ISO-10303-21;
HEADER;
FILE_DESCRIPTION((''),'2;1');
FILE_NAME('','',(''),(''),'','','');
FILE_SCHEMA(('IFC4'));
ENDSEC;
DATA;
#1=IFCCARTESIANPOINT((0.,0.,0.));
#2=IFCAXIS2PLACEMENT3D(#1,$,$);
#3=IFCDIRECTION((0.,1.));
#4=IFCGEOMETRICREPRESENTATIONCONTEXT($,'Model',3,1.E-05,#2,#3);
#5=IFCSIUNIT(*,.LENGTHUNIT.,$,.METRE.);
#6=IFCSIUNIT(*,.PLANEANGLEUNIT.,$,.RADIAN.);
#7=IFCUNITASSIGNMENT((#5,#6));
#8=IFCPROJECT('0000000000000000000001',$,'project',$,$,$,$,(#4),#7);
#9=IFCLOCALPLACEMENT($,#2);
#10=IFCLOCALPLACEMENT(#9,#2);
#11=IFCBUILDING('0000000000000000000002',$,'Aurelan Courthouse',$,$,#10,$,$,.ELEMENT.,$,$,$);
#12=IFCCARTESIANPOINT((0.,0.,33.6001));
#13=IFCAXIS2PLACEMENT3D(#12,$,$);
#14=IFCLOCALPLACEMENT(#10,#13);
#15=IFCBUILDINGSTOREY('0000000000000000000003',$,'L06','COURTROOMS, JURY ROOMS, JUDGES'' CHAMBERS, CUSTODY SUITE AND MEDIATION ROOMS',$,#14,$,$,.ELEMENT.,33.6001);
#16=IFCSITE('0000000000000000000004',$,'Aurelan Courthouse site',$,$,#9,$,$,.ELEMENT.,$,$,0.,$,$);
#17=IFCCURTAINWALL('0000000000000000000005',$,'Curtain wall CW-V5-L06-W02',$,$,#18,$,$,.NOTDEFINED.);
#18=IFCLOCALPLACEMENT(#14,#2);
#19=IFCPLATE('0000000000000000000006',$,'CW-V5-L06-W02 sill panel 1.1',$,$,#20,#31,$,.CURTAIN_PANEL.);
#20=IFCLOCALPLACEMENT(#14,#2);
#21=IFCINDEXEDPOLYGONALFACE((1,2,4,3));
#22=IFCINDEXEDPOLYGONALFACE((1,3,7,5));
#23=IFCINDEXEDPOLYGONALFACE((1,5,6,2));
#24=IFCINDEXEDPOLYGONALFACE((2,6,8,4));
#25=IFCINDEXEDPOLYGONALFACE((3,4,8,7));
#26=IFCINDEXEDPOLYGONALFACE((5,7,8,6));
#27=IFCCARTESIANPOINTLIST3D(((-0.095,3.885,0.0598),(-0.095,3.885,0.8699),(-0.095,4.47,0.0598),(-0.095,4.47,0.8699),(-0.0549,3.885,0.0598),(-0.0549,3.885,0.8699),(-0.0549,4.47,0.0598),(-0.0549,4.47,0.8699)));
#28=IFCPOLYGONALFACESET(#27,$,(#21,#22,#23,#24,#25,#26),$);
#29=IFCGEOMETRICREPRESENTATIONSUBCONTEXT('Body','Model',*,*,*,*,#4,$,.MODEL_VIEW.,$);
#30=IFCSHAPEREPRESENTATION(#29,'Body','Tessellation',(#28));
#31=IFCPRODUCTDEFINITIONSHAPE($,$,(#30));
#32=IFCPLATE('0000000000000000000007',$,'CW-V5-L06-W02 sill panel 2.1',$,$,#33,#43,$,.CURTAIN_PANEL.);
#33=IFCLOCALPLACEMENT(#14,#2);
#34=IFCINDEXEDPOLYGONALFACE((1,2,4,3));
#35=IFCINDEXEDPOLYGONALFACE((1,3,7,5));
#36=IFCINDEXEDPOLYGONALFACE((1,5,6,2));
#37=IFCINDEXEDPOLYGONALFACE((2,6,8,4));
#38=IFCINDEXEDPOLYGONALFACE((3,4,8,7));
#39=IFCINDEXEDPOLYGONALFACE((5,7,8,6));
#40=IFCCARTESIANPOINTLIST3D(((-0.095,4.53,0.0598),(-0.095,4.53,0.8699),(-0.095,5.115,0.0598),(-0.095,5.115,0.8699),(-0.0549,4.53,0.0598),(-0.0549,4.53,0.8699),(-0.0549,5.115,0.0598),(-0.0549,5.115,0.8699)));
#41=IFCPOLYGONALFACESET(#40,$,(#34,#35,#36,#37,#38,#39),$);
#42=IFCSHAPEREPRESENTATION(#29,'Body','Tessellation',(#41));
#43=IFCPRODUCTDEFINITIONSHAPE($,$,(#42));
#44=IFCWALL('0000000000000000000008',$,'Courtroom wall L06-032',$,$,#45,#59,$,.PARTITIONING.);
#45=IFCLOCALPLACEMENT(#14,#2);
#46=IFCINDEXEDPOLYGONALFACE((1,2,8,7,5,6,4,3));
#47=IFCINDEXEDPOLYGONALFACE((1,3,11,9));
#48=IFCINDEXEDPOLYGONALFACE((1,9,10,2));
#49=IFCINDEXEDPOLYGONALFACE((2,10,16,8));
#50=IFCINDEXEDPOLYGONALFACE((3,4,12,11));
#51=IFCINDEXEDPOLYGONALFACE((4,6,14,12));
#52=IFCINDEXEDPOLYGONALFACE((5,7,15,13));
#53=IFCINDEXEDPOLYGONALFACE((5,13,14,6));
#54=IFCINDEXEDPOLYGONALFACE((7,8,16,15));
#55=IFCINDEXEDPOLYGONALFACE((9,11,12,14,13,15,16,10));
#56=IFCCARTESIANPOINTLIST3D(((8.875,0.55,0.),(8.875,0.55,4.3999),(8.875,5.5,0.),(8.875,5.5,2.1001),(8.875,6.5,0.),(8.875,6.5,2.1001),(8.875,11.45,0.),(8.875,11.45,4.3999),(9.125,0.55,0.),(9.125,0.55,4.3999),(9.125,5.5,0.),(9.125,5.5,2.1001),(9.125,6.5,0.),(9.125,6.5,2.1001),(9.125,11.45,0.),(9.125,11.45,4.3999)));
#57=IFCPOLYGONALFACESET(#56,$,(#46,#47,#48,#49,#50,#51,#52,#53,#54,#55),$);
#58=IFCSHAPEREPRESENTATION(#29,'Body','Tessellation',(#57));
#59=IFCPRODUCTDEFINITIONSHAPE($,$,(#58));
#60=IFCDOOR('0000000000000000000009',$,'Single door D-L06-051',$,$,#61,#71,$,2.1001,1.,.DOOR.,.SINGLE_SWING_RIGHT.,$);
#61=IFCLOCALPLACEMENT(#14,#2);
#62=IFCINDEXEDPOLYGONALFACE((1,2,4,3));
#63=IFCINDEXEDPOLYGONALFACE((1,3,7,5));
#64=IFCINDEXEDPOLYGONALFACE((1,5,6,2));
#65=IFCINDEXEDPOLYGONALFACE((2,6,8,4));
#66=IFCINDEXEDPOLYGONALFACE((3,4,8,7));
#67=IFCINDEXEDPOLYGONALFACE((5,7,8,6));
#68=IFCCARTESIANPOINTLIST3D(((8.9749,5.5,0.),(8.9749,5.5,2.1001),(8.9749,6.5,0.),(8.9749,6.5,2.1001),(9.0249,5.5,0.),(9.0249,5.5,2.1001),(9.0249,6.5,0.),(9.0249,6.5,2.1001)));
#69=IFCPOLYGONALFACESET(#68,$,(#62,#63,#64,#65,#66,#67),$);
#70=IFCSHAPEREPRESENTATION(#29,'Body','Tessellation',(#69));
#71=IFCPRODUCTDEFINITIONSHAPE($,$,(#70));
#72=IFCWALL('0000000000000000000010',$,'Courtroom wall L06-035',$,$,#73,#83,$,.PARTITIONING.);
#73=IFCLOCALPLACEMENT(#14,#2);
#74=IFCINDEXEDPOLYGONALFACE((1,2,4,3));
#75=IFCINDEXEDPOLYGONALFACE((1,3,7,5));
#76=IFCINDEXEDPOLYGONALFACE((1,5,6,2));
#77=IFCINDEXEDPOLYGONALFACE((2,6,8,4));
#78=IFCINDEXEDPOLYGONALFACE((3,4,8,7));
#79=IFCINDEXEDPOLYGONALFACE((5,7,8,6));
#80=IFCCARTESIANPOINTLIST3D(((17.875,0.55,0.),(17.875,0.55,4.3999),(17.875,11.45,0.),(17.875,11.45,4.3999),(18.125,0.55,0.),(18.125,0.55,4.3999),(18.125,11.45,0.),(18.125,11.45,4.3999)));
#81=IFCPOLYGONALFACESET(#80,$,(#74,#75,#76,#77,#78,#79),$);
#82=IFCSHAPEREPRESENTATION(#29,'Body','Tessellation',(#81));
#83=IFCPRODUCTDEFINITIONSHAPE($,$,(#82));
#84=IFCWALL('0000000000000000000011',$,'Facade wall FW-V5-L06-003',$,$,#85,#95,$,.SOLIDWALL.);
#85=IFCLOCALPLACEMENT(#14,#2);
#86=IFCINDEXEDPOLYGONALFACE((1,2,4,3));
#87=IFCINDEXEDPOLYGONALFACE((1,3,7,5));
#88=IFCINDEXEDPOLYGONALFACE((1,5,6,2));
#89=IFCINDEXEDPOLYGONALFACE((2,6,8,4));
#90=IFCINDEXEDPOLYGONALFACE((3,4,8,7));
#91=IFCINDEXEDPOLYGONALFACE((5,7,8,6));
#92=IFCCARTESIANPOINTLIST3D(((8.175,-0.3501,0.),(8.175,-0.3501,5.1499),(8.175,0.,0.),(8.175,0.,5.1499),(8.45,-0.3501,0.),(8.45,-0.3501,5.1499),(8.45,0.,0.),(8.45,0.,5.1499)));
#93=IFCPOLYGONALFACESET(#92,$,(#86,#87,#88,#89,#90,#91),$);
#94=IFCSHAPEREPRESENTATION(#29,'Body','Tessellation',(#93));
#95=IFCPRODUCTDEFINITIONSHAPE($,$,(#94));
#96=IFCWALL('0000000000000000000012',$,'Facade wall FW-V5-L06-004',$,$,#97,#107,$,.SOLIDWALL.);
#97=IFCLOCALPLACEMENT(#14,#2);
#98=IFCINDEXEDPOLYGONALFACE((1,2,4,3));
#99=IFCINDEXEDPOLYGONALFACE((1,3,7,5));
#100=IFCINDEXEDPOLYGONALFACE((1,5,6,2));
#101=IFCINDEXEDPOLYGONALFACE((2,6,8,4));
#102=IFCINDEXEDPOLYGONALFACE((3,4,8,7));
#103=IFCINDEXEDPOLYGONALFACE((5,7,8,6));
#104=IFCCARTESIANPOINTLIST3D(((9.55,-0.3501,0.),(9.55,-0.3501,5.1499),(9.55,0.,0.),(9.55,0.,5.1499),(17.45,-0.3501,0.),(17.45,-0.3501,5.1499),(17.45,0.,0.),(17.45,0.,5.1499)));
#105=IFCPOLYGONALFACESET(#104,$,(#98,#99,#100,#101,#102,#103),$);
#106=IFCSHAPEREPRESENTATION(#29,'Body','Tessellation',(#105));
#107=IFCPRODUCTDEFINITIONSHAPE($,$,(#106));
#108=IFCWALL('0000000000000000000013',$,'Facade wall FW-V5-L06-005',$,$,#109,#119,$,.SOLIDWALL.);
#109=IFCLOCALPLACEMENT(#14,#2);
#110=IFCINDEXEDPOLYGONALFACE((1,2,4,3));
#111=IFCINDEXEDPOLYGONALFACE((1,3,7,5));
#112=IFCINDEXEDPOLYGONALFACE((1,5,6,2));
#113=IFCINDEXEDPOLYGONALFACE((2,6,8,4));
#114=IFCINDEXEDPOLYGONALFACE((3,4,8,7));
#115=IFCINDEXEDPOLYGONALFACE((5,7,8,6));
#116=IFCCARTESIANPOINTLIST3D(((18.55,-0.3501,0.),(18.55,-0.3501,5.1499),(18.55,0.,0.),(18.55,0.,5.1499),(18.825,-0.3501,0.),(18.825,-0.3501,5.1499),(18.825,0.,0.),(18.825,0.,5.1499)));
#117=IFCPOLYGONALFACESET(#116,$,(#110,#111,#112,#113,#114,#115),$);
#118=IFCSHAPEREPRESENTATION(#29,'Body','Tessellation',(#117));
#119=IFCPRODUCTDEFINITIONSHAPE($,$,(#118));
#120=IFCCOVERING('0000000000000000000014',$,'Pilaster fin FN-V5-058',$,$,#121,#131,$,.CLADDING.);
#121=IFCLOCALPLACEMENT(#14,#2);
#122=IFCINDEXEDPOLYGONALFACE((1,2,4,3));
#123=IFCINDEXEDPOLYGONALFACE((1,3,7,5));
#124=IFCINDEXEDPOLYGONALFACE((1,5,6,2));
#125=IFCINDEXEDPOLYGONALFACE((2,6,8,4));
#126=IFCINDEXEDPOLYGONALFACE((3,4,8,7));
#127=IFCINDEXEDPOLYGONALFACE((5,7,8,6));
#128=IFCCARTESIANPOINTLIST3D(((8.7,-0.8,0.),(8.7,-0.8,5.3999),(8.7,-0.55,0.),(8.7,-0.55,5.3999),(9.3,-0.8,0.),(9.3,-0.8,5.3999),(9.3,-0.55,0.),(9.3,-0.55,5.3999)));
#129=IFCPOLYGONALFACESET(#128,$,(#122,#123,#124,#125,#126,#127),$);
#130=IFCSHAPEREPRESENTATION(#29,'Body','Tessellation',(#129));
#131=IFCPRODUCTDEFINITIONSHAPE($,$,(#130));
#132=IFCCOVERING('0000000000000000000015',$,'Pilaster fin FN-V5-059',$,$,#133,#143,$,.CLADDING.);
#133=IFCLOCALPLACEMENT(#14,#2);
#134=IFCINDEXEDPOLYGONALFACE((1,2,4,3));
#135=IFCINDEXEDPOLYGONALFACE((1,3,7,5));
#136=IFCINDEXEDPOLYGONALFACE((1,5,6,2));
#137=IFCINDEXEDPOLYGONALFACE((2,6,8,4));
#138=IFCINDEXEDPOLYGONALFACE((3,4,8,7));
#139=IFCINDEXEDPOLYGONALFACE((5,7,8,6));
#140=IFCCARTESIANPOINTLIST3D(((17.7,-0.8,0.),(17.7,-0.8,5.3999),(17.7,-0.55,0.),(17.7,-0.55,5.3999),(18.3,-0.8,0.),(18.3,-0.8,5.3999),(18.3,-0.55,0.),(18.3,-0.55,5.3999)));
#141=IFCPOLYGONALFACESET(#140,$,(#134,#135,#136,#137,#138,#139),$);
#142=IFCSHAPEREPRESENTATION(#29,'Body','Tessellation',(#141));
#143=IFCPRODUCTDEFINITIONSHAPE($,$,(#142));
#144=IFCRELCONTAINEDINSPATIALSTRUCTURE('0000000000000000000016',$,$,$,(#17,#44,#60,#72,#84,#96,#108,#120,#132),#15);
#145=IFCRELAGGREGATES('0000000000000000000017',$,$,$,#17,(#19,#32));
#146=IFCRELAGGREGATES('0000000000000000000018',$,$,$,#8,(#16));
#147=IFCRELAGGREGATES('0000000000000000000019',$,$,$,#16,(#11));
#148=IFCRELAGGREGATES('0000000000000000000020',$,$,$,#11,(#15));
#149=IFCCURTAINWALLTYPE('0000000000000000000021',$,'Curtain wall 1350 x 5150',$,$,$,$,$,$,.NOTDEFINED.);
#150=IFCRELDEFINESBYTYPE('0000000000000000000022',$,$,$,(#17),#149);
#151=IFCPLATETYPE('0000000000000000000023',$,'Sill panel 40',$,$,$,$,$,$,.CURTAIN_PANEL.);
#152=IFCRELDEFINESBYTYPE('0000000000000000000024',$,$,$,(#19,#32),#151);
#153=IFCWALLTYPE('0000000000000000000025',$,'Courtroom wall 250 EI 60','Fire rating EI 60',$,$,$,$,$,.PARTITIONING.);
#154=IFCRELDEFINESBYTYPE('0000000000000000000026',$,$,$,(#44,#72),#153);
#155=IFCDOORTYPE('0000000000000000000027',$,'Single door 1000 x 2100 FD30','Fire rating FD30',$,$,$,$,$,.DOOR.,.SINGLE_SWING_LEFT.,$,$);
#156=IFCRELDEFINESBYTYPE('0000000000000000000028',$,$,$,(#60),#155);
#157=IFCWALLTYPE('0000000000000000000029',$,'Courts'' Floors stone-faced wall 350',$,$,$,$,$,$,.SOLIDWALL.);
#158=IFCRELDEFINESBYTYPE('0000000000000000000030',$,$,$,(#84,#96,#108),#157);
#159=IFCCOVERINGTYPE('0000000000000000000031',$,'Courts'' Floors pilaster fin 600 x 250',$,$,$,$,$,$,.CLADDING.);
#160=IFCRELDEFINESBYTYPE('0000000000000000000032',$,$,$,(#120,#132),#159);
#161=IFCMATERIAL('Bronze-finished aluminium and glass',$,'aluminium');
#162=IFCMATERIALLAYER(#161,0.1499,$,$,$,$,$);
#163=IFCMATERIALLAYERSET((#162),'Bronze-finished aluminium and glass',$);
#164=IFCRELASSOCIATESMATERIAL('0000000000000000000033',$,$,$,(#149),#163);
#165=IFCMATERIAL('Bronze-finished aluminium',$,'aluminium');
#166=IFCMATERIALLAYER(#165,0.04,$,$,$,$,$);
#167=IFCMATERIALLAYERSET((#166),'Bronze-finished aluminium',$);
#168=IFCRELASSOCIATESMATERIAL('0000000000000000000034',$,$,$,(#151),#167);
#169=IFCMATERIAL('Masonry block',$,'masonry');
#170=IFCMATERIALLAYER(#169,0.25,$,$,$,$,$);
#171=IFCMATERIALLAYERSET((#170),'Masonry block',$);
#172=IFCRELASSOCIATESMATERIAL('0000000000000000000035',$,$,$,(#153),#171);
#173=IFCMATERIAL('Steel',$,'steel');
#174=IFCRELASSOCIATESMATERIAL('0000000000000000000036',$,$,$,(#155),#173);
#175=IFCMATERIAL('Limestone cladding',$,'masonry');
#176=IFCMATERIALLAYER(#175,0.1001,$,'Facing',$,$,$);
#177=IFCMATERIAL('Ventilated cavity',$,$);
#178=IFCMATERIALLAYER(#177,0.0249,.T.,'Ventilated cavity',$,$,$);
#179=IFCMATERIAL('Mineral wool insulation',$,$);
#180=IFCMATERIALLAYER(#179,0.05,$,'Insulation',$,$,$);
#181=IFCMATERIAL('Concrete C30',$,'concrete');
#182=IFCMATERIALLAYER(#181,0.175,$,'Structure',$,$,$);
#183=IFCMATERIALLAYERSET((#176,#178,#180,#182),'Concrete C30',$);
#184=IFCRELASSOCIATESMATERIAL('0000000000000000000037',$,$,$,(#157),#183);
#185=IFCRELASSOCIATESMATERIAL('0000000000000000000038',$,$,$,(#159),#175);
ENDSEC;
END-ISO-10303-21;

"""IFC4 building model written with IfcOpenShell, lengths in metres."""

from ifc_helpers import new_model, si_unit, direction, frame, frame_2d, origin, origin_2d, place, context, subcontext, project, spatial, rectangle, extrude, material, layer, layer_set, type_object, element, fill, aggregate, save


model = new_model("IFC4")

# Units and contexts
model_context = context("Model", 3, precision=1e-05, world=origin(), true_north=direction((0.0, 1.0)))
body_context = subcontext(model_context, "Body", "Model", "MODEL_VIEW")
ifc_project = project(units=[si_unit("LENGTHUNIT", "METRE"), si_unit("PLANEANGLEUNIT", "RADIAN")], contexts=[model_context])

# Site, building, storey
site_placement = place(None, origin())
site = spatial("IfcSite", under=ifc_project, at=site_placement, Name="Aurelan Courthouse site", CompositionType="ELEMENT", RefElevation=0.0)
building_placement = place(site_placement, origin())
building = spatial("IfcBuilding", under=site, at=building_placement, Name="Aurelan Courthouse", CompositionType="ELEMENT")
storey_placement = place(building_placement, frame((0.0, 0.0, 33.6001)))
storey = spatial("IfcBuildingStorey", under=building, at=storey_placement, Name="L06", Description="COURTROOMS, JURY ROOMS, JUDGES' CHAMBERS, CUSTODY SUITE AND MEDIATION ROOMS", CompositionType="ELEMENT", Elevation=33.6001)

# Shared definitions
ifc_material_1 = material(Name="Bronze-finished aluminium and glass", Category="aluminium")
ifc_layer_1 = layer(ifc_material_1, 0.1499)
ifc_layer_set_1 = layer_set([ifc_layer_1], Name="Bronze-finished aluminium and glass")
curtain_wall_type = type_object("IfcCurtainWallType", Name="Curtain wall 1350 x 5150", PredefinedType="NOTDEFINED", material=ifc_layer_set_1)
ifc_material_2 = material(Name="Bronze-finished aluminium", Category="aluminium")

# Curtain wall
curtain_wall_1_placement = place(storey_placement, origin())
curtain_wall_1 = element("IfcCurtainWall", 1, at=curtain_wall_1_placement, inside=storey, type_object=curtain_wall_type, Name="Curtain wall CW-V5-L06-W02", PredefinedType="NOTDEFINED")

# Plates
ifc_layer_2 = layer(ifc_material_2, 0.04)
ifc_layer_set_2 = layer_set([ifc_layer_2], Name="Bronze-finished aluminium")
plate_type = type_object("IfcPlateType", Name="Sill panel 40", PredefinedType="CURTAIN_PANEL", material=ifc_layer_set_2)
plate_1_placement = place(storey_placement, frame((-0.075, 4.1775, 0.0598), z_axis=(0.0, 0.0, 1.0), x_axis=(0.0, 1.0, 0.0)))
plate_1 = element("IfcPlate", 2, at=plate_1_placement, type_object=plate_type, Name="CW-V5-L06-W02 sill panel 1.1", PredefinedType="CURTAIN_PANEL", context=body_context, shape_type="SweptSolid", body=[
    extrude(rectangle(XDim=0.585, YDim=0.04, at=origin_2d()), origin(), (0.0, 0.0, 1.0), 0.8101),
])
plate_2_placement = place(storey_placement, frame((-0.075, 4.8225, 0.0598), z_axis=(0.0, 0.0, 1.0), x_axis=(0.0, 1.0, 0.0)))
plate_2 = element("IfcPlate", 3, at=plate_2_placement, type_object=plate_type, Name="CW-V5-L06-W02 sill panel 2.1", PredefinedType="CURTAIN_PANEL", context=body_context, shape_type="SweptSolid", body=[
    extrude(rectangle(XDim=0.585, YDim=0.04, at=origin_2d()), origin(), (0.0, 0.0, 1.0), 0.8101),
])
aggregate(curtain_wall_1, [plate_1, plate_2])

# Wall, opening, door
ifc_material_3 = material(Name="Masonry block", Category="masonry")
ifc_layer_3 = layer(ifc_material_3, 0.25)
ifc_layer_set_3 = layer_set([ifc_layer_3], Name="Masonry block")
wall_type_1 = type_object("IfcWallType", Name="Courtroom wall 250 EI 60", Description="Fire rating EI 60", PredefinedType="PARTITIONING", material=ifc_layer_set_3)
wall_1_placement = place(storey_placement, frame((9.0, 0.55, 0.0), z_axis=(0.0, 0.0, 1.0), x_axis=(0.0, 1.0, 0.0)))
wall_1 = element("IfcWall", 4, at=wall_1_placement, inside=storey, type_object=wall_type_1, Name="Courtroom wall L06-032", PredefinedType="PARTITIONING", context=body_context, shape_type="SweptSolid", body=[
    extrude(rectangle(XDim=10.8999, YDim=0.25, at=frame_2d((5.45, 0.0))), origin(), (0.0, 0.0, 1.0), 4.3999),
])
opening_placement = place(wall_1_placement, frame((5.95, 0.0, 0.0), z_axis=(0.0, 0.0, 1.0), x_axis=(-1.0, 0.0, 0.0)))
opening = element("IfcOpeningElement", 5, at=opening_placement, cuts=wall_1, PredefinedType="OPENING", context=body_context, shape_type="SweptSolid", body=[
    extrude(rectangle(XDim=1.0, YDim=2.1001, at=frame_2d((0.5, 1.05))), frame((0.0, 0.135, 0.0), z_axis=(0.0, -1.0, 0.0), x_axis=(1.0, 0.0, 0.0)), (0.0, 0.0, 1.0), 0.27),
])
ifc_material_4 = material(Name="Steel", Category="steel")
door_type = type_object("IfcDoorType", Name="Single door 1000 x 2100 FD30", Description="Fire rating FD30", OperationType="SINGLE_SWING_LEFT", PredefinedType="DOOR", material=ifc_material_4)
door_placement = place(opening_placement, origin())
door = element("IfcDoor", 6, at=door_placement, inside=storey, type_object=door_type, Name="Single door D-L06-051", OperationType="SINGLE_SWING_RIGHT", OverallHeight=2.1001, OverallWidth=1.0, PredefinedType="DOOR", context=body_context, shape_type="SweptSolid", body=[
    extrude(rectangle(XDim=1.0, YDim=2.1001, at=frame_2d((0.5, 1.05))), frame((0.0, 0.0249, 0.0), z_axis=(0.0, -1.0, 0.0), x_axis=(1.0, 0.0, 0.0)), (0.0, 0.0, 1.0), 0.05),
])
fill(opening, door)

# Walls
wall_2_placement = place(storey_placement, frame((18.0, 0.55, 0.0), z_axis=(0.0, 0.0, 1.0), x_axis=(0.0, 1.0, 0.0)))
element("IfcWall", 7, at=wall_2_placement, inside=storey, type_object=wall_type_1, Name="Courtroom wall L06-035", PredefinedType="PARTITIONING", context=body_context, shape_type="SweptSolid", body=[
    extrude(rectangle(XDim=10.8999, YDim=0.25, at=frame_2d((5.45, 0.0))), origin(), (0.0, 0.0, 1.0), 4.3999),
])
ifc_material_5 = material(Name="Limestone cladding", Category="masonry")
ifc_layer_4 = layer(ifc_material_5, 0.1001, Name="Facing")
ifc_material_6 = material(Name="Ventilated cavity")
ifc_layer_5 = layer(ifc_material_6, 0.0249, ventilated=True, Name="Ventilated cavity")
ifc_material_7 = material(Name="Mineral wool insulation")
ifc_layer_6 = layer(ifc_material_7, 0.05, Name="Insulation")
ifc_material_8 = material(Name="Concrete C30", Category="concrete")
ifc_layer_7 = layer(ifc_material_8, 0.175, Name="Structure")
ifc_layer_set_4 = layer_set([ifc_layer_4, ifc_layer_5, ifc_layer_6, ifc_layer_7], Name="Concrete C30")
wall_type_2 = type_object("IfcWallType", Name="Courts' Floors stone-faced wall 350", PredefinedType="SOLIDWALL", material=ifc_layer_set_4)
wall_3_placement = place(storey_placement, frame((8.175, -0.175, 0.0), z_axis=(0.0, 0.0, 1.0), x_axis=(1.0, 0.0, 0.0)))
element("IfcWall", 8, at=wall_3_placement, inside=storey, type_object=wall_type_2, Name="Facade wall FW-V5-L06-003", PredefinedType="SOLIDWALL", context=body_context, shape_type="SweptSolid", body=[
    extrude(rectangle(XDim=0.2749, YDim=0.3501, at=frame_2d((0.1375, 0.0))), origin(), (0.0, 0.0, 1.0), 5.1499),
])
wall_4_placement = place(storey_placement, frame((9.55, -0.175, 0.0), z_axis=(0.0, 0.0, 1.0), x_axis=(1.0, 0.0, 0.0)))
element("IfcWall", 9, at=wall_4_placement, inside=storey, type_object=wall_type_2, Name="Facade wall FW-V5-L06-004", PredefinedType="SOLIDWALL", context=body_context, shape_type="SweptSolid", body=[
    extrude(rectangle(XDim=7.8999, YDim=0.3501, at=frame_2d((3.95, 0.0))), origin(), (0.0, 0.0, 1.0), 5.1499),
])
wall_5_placement = place(storey_placement, frame((18.55, -0.175, 0.0), z_axis=(0.0, 0.0, 1.0), x_axis=(1.0, 0.0, 0.0)))
element("IfcWall", 10, at=wall_5_placement, inside=storey, type_object=wall_type_2, Name="Facade wall FW-V5-L06-005", PredefinedType="SOLIDWALL", context=body_context, shape_type="SweptSolid", body=[
    extrude(rectangle(XDim=0.2749, YDim=0.3501, at=frame_2d((0.1375, 0.0))), origin(), (0.0, 0.0, 1.0), 5.1499),
])

# Coverings
covering_type = type_object("IfcCoveringType", Name="Courts' Floors pilaster fin 600 x 250", PredefinedType="CLADDING", material=ifc_material_5)
for number, where, z_axis, x_axis, name in (
    (11, (9.0, -0.675, 0.0), (0.0, 0.0, 1.0), (1.0, 0.0, 0.0), "Pilaster fin FN-V5-058"),
    (12, (18.0, -0.675, 0.0), (0.0, 0.0, 1.0), (1.0, 0.0, 0.0), "Pilaster fin FN-V5-059"),
):
    element("IfcCovering", number, at=place(storey_placement, frame(where, z_axis=z_axis, x_axis=x_axis)), inside=storey, type_object=covering_type, Name=name, PredefinedType="CLADDING", context=body_context, shape_type="SweptSolid", body=[
        extrude(rectangle(XDim=0.6001, YDim=0.25, at=origin_2d()), origin(), (0.0, 0.0, 1.0), 5.3999),
    ])

save(model, "model.ifc")
